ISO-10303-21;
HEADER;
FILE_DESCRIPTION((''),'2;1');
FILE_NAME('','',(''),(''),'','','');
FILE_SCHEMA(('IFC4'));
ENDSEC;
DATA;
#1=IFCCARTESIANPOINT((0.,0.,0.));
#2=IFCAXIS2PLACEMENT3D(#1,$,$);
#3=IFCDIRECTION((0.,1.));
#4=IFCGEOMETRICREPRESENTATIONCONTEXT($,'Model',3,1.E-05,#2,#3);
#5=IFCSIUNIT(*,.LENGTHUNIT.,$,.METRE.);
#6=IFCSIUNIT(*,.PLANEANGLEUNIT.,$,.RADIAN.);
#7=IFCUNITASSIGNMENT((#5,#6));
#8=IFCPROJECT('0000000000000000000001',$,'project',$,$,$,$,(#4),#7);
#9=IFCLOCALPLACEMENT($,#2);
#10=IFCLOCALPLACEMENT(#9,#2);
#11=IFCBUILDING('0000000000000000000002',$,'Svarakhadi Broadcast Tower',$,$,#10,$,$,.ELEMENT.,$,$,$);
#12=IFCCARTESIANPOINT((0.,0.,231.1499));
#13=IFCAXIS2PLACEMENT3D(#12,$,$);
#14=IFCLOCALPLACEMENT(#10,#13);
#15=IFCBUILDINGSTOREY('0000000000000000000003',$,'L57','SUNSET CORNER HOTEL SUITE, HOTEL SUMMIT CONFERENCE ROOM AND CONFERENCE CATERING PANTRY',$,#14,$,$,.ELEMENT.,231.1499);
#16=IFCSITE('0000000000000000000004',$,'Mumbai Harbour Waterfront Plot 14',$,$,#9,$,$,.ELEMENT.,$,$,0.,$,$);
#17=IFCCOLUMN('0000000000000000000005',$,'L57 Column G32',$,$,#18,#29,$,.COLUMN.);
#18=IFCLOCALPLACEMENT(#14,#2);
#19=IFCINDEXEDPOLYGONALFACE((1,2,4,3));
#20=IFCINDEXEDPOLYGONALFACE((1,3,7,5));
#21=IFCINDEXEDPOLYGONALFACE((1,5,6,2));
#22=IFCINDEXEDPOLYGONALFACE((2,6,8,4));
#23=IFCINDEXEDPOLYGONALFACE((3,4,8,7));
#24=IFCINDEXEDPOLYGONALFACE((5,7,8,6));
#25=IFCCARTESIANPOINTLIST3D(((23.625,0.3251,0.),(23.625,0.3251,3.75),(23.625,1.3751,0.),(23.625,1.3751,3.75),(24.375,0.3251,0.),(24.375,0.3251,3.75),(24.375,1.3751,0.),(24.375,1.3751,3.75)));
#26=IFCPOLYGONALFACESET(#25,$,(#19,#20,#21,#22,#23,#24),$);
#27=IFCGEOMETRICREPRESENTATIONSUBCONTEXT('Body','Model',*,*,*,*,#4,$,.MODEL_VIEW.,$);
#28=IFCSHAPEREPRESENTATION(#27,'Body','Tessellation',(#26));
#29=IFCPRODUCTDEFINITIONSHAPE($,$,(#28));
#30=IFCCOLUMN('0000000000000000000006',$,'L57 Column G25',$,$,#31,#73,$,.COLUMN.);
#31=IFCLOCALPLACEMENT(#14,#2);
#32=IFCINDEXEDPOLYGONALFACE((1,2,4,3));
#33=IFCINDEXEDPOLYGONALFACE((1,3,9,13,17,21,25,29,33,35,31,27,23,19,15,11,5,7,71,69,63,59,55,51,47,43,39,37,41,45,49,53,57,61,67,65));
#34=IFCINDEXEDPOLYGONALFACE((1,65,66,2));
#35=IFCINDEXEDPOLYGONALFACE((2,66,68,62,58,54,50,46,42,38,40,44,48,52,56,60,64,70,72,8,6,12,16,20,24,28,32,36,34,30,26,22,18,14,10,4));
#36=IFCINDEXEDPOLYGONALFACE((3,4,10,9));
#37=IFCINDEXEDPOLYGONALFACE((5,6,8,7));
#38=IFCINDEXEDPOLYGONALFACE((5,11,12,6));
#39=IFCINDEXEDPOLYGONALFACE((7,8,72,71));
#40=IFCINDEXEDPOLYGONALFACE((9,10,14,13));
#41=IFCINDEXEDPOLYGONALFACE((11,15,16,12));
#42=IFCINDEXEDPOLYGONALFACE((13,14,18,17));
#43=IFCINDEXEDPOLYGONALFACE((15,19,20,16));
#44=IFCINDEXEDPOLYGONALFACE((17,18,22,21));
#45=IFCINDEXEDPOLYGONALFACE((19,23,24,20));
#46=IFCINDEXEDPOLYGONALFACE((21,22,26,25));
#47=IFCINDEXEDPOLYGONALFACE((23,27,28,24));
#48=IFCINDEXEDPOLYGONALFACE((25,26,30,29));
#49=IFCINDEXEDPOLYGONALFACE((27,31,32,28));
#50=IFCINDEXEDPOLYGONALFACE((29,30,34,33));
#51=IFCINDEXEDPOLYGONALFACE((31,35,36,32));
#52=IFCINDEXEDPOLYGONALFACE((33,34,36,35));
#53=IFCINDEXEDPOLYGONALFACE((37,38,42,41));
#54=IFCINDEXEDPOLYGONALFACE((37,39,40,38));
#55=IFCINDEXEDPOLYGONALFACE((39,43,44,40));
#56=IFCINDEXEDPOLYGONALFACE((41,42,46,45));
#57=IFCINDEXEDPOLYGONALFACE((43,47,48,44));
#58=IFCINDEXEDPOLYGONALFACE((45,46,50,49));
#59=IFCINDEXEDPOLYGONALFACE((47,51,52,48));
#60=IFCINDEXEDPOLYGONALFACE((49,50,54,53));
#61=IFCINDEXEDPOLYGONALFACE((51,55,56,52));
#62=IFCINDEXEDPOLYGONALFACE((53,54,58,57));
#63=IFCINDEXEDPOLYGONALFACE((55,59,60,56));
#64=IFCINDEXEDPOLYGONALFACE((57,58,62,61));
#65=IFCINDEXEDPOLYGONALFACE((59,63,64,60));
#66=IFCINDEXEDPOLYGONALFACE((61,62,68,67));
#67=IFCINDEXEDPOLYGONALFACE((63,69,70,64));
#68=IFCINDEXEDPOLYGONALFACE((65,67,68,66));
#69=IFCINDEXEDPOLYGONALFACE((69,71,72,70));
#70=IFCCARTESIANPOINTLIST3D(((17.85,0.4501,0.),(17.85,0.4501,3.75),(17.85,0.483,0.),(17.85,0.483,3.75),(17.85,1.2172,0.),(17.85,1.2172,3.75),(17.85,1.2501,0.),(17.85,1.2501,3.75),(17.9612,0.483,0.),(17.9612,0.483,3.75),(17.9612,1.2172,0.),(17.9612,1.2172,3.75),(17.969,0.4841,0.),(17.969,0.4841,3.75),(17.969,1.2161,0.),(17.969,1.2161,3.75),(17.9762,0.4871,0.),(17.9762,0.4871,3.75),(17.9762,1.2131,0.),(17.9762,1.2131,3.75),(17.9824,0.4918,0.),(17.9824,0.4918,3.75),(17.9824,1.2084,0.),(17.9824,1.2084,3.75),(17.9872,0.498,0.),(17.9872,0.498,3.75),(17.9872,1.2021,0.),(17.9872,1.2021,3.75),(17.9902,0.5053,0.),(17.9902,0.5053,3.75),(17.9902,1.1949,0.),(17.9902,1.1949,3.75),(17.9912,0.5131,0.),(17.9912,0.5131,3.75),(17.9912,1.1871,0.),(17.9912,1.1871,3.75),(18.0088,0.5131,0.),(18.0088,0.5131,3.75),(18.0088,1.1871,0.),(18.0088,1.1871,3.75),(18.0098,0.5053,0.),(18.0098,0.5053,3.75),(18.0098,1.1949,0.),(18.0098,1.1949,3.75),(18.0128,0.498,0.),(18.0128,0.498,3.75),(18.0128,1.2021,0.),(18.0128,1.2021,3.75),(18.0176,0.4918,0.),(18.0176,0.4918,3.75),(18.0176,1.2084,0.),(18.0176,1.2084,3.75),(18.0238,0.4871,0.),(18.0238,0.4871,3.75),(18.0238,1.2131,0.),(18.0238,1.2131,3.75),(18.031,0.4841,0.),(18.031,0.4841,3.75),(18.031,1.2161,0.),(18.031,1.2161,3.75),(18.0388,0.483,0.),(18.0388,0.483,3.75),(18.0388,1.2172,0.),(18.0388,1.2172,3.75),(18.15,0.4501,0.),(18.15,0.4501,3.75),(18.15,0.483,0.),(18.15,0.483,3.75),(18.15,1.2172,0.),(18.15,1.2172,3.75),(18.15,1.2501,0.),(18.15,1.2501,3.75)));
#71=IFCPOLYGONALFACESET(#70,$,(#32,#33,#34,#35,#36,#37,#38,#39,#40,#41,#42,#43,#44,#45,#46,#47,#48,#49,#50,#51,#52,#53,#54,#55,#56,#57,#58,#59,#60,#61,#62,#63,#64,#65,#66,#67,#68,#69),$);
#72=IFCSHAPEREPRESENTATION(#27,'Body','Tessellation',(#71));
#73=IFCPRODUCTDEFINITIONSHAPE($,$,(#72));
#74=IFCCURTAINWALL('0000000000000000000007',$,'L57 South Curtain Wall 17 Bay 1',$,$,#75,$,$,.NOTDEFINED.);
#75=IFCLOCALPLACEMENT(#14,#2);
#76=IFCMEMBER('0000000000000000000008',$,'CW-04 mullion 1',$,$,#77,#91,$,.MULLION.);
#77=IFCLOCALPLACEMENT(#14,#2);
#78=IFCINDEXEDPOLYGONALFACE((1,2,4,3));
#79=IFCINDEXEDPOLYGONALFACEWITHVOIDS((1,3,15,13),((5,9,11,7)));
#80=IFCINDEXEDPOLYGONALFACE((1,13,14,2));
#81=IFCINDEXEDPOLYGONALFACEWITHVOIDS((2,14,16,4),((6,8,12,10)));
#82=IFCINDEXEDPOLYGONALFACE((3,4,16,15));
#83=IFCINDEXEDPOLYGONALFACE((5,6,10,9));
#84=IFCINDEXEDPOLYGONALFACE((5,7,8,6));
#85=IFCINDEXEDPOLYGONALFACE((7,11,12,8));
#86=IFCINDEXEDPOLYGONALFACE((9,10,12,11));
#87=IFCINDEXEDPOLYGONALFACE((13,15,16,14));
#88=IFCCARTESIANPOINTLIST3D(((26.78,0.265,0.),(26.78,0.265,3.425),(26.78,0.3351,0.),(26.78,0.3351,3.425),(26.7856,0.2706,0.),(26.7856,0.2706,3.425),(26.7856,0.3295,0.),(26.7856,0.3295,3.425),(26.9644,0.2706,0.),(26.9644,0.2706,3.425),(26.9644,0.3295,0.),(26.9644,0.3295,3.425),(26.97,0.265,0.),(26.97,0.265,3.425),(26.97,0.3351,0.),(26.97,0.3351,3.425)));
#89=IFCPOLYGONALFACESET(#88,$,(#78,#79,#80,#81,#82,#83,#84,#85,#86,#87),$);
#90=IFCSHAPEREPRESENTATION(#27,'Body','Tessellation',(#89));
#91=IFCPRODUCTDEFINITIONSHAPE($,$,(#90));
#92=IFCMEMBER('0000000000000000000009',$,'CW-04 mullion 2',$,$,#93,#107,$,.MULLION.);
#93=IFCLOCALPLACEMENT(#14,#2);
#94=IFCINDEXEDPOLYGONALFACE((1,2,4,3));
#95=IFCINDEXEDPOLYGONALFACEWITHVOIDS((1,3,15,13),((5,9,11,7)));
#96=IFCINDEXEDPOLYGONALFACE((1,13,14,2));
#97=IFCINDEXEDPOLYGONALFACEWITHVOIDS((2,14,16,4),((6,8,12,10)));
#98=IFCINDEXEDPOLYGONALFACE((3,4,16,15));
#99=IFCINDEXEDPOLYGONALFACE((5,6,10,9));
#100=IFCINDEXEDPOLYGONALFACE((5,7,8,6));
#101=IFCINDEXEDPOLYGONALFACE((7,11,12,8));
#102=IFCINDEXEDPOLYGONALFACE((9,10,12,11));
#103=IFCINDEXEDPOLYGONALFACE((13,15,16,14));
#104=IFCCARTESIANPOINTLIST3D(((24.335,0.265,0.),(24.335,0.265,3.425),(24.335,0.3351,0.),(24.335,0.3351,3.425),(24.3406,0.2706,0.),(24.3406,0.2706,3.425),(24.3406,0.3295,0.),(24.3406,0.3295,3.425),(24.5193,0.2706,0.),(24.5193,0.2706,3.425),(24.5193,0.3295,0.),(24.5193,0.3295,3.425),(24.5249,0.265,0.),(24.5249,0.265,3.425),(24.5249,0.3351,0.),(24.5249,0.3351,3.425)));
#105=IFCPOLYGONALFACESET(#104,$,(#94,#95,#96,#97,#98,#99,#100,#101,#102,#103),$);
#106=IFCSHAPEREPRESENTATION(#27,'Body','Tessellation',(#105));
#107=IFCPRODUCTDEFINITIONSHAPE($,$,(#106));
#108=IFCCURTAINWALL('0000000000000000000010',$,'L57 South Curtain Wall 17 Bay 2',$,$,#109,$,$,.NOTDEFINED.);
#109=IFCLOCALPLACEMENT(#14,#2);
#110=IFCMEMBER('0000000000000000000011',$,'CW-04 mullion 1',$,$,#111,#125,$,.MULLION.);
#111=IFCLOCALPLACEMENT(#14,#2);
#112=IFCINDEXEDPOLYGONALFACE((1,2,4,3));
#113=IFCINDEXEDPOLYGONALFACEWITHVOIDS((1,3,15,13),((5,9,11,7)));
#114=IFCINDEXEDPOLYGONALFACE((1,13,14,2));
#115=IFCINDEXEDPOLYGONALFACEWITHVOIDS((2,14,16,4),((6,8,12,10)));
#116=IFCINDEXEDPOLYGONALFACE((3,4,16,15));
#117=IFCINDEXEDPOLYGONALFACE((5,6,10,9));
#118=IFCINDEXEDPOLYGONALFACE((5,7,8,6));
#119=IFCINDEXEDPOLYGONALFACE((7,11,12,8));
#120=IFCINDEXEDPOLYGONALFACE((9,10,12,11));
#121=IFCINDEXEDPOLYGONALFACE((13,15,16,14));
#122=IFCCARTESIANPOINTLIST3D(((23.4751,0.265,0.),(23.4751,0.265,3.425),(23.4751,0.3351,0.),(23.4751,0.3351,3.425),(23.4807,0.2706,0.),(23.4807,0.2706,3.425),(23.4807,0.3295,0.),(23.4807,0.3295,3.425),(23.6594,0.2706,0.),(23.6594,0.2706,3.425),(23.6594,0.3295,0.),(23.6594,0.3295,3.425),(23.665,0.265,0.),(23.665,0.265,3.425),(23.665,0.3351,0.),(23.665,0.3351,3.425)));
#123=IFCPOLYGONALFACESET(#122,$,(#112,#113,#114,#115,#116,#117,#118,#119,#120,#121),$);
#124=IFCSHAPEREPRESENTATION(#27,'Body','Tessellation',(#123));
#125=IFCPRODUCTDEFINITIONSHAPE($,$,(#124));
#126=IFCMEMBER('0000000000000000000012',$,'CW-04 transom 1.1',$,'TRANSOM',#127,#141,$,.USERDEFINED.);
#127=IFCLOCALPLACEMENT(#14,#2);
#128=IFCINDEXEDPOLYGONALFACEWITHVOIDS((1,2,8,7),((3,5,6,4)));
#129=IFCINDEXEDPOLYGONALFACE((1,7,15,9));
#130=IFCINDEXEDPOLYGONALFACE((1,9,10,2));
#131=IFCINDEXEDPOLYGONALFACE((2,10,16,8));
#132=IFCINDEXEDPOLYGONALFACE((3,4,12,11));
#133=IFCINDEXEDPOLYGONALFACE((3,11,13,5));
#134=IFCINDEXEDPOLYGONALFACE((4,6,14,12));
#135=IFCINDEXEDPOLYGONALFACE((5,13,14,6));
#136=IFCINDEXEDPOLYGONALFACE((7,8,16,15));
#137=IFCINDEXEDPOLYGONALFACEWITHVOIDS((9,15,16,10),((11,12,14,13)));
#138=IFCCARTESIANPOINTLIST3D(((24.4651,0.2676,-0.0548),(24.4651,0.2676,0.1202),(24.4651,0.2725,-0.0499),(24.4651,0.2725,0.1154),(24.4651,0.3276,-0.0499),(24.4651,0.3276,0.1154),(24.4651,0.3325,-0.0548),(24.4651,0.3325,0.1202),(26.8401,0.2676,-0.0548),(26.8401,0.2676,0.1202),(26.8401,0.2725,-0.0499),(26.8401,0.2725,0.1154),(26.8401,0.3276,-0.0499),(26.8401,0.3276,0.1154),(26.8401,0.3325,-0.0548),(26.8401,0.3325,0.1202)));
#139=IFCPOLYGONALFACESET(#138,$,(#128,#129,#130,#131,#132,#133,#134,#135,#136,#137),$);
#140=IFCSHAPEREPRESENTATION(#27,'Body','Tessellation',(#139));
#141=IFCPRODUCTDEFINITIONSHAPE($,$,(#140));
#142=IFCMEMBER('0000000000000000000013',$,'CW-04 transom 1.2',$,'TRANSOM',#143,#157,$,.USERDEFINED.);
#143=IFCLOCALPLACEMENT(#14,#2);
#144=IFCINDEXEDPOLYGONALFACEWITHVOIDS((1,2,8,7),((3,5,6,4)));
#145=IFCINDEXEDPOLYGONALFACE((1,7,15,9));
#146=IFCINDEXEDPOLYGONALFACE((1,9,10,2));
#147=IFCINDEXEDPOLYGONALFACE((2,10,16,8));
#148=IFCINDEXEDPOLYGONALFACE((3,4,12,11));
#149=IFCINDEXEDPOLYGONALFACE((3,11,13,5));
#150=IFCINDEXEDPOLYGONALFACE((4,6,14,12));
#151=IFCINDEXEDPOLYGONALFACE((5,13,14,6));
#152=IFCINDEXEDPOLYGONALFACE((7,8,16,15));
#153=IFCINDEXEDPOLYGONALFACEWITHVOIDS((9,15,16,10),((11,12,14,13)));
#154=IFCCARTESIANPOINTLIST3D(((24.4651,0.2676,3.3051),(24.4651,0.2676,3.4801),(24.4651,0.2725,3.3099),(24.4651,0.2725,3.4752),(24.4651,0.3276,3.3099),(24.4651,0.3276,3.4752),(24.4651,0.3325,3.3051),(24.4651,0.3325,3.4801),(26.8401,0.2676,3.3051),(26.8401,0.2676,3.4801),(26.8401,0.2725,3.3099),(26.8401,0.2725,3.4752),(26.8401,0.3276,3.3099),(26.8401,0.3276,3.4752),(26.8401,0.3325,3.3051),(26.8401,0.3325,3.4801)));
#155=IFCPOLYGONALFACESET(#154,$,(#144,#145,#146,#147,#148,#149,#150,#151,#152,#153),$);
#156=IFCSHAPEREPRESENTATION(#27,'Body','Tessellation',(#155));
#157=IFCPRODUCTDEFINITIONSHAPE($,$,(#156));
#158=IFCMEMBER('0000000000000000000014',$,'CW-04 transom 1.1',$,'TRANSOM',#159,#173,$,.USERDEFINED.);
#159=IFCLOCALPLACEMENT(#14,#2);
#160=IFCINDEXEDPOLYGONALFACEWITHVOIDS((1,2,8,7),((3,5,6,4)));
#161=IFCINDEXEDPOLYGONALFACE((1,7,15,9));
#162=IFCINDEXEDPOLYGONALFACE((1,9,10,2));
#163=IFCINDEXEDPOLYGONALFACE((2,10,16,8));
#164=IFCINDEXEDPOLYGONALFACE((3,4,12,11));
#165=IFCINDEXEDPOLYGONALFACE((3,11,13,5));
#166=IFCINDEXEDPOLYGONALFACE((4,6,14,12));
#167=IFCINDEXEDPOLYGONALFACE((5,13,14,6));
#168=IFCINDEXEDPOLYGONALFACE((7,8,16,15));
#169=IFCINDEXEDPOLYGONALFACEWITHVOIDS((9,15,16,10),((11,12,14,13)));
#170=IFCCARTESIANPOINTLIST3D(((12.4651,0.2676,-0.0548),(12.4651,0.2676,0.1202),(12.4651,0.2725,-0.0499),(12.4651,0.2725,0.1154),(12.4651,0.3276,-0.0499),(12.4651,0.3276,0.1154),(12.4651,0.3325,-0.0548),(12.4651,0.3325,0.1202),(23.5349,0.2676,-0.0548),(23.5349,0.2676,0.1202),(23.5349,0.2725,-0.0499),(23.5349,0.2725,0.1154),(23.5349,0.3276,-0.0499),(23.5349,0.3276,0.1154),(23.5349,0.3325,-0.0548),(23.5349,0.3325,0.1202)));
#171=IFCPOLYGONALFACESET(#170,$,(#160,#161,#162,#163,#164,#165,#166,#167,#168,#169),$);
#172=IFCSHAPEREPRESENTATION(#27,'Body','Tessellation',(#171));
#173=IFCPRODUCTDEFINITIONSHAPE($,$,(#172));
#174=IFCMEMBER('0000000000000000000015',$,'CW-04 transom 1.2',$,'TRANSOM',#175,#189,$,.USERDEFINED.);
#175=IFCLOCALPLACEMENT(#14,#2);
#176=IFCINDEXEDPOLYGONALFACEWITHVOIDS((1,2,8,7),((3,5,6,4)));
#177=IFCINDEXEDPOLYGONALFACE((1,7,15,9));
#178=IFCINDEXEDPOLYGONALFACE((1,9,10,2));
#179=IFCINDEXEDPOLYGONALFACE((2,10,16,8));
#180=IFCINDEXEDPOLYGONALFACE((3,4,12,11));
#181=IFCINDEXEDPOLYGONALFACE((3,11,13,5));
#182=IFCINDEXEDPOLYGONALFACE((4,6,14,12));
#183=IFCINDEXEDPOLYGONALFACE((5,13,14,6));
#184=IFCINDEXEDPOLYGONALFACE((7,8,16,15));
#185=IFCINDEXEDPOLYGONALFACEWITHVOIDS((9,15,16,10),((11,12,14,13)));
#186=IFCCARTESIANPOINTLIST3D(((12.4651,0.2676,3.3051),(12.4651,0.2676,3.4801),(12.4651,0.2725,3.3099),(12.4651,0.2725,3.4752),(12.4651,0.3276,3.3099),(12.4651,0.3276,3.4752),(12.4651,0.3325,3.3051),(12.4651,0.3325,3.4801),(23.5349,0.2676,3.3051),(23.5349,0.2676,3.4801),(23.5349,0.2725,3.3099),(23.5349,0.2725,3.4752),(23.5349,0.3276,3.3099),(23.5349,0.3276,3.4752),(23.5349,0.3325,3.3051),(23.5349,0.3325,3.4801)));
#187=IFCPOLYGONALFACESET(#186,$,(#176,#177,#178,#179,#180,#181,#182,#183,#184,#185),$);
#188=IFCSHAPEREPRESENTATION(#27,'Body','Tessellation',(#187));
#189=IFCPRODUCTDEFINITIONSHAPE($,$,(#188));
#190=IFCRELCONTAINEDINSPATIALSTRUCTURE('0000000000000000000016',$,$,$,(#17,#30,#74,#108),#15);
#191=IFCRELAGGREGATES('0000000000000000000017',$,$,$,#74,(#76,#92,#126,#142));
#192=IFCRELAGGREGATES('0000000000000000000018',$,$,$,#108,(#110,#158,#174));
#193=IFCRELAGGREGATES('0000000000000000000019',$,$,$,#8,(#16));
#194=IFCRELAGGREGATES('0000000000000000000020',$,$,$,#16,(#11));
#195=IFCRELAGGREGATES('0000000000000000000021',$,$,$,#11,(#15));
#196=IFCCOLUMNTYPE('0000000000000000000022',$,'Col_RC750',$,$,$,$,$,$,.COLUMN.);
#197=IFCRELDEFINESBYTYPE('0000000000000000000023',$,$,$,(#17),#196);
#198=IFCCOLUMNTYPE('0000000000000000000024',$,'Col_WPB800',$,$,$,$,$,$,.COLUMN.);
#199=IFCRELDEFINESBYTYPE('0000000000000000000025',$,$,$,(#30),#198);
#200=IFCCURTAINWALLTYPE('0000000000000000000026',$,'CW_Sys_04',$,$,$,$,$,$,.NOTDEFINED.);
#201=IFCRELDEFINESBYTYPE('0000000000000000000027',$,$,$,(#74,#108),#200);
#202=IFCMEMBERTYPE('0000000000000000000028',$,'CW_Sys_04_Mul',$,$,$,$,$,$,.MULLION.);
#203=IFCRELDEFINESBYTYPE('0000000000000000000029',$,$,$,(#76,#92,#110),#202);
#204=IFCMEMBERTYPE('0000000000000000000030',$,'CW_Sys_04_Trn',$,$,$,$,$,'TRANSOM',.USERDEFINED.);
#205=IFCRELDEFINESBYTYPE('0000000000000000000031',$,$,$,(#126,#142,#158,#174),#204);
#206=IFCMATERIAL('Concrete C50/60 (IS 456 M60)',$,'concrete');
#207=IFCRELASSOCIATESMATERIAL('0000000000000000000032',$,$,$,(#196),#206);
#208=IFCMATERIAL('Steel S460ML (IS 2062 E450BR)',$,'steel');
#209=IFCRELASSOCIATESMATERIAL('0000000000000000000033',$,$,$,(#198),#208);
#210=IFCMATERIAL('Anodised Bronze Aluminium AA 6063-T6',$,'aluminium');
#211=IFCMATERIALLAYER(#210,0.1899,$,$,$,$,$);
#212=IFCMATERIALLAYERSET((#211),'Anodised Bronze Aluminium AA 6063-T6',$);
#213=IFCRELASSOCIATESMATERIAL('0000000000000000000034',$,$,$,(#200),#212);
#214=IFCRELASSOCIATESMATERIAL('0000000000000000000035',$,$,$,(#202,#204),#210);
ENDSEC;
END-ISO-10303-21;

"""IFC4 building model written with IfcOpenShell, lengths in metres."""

from ifc_helpers import new_model, si_unit, direction, frame, origin, origin_2d, place, context, subcontext, project, spatial, rectangle, hollow_rectangle, i_section, extrude, material, layer, layer_set, material_profile, profile_set, type_object, element, aggregate, save


model = new_model("IFC4")

# Units and contexts
model_context = context("Model", 3, precision=1e-05, world=origin(), true_north=direction((0.0, 1.0)))
body_context = subcontext(model_context, "Body", "Model", "MODEL_VIEW")
ifc_project = project(units=[si_unit("LENGTHUNIT", "METRE"), si_unit("PLANEANGLEUNIT", "RADIAN")], contexts=[model_context])

# Site, building, storey
site_placement = place(None, origin())
site = spatial("IfcSite", under=ifc_project, at=site_placement, Name="Mumbai Harbour Waterfront Plot 14", CompositionType="ELEMENT", RefElevation=0.0)
building_placement = place(site_placement, origin())
building = spatial("IfcBuilding", under=site, at=building_placement, Name="Svarakhadi Broadcast Tower", CompositionType="ELEMENT")
storey_placement = place(building_placement, frame((0.0, 0.0, 231.1499)))
storey = spatial("IfcBuildingStorey", under=building, at=storey_placement, Name="L57", Description="SUNSET CORNER HOTEL SUITE, HOTEL SUMMIT CONFERENCE ROOM AND CONFERENCE CATERING PANTRY", CompositionType="ELEMENT", Elevation=231.1499)

# Columns
ifc_material_1 = material(Name="Concrete C50/60 (IS 456 M60)", Category="concrete")
ifc_material_profile_1 = material_profile(ifc_material_1, rectangle(XDim=0.75, YDim=1.05, at=origin_2d()), Name="RC 750x1050")
ifc_profile_set_1 = profile_set([ifc_material_profile_1], Name="Concrete C50/60 (IS 456 M60)")
column_type_1 = type_object("IfcColumnType", Name="Col_RC750", PredefinedType="COLUMN", material=ifc_profile_set_1)
column_1_placement = place(storey_placement, frame((24.0, 0.8501, 0.0), z_axis=(0.0, 0.0, 1.0), x_axis=(1.0, 0.0, 0.0)))
element("IfcColumn", 1, at=column_1_placement, inside=storey, type_object=column_type_1, Name="L57 Column G32", PredefinedType="COLUMN", context=body_context, shape_type="SweptSolid", body=[
    extrude(rectangle(XDim=0.75, YDim=1.05, at=origin_2d()), origin(), (0.0, 0.0, 1.0), 3.75),
])
ifc_material_2 = material(Name="Steel S460ML (IS 2062 E450BR)", Category="steel")
ifc_material_profile_2 = material_profile(ifc_material_2, i_section(OverallWidth=0.3, OverallDepth=0.8, WebThickness=0.0176, FlangeThickness=0.033, FilletRadius=0.03, at=origin_2d()), Name="WPB 800x300x262")
ifc_profile_set_2 = profile_set([ifc_material_profile_2], Name="Steel S460ML (IS 2062 E450BR)")
column_type_2 = type_object("IfcColumnType", Name="Col_WPB800", PredefinedType="COLUMN", material=ifc_profile_set_2)
column_2_placement = place(storey_placement, frame((18.0, 0.8501, 0.0), z_axis=(0.0, 0.0, 1.0), x_axis=(1.0, 0.0, 0.0)))
element("IfcColumn", 2, at=column_2_placement, inside=storey, type_object=column_type_2, Name="L57 Column G25", PredefinedType="COLUMN", context=body_context, shape_type="SweptSolid", body=[
    extrude(i_section(OverallWidth=0.3, OverallDepth=0.8, WebThickness=0.0176, FlangeThickness=0.033, FilletRadius=0.03, at=origin_2d()), origin(), (0.0, 0.0, 1.0), 3.75),
])

# Curtain wall, members
ifc_material_3 = material(Name="Anodised Bronze Aluminium AA 6063-T6", Category="aluminium")
ifc_layer_1 = layer(ifc_material_3, 0.1899)
ifc_layer_set_1 = layer_set([ifc_layer_1], Name="Anodised Bronze Aluminium AA 6063-T6")
curtain_wall_type = type_object("IfcCurtainWallType", Name="CW_Sys_04", PredefinedType="NOTDEFINED", material=ifc_layer_set_1)
curtain_wall_1_placement = place(storey_placement, origin())
curtain_wall_1 = element("IfcCurtainWall", 3, at=curtain_wall_1_placement, inside=storey, type_object=curtain_wall_type, Name="L57 South Curtain Wall 17 Bay 1", PredefinedType="NOTDEFINED")
ifc_material_profile_3 = material_profile(ifc_material_3, hollow_rectangle(XDim=0.0701, YDim=0.1899, WallThickness=0.0056, at=origin_2d()), Name="ALU MULLION 190x70x6")
ifc_profile_set_3 = profile_set([ifc_material_profile_3], Name="Anodised Bronze Aluminium AA 6063-T6")
member_type_1 = type_object("IfcMemberType", Name="CW_Sys_04_Mul", PredefinedType="MULLION", material=ifc_profile_set_3)
member_1_placement = place(storey_placement, frame((26.875, 0.3, 0.0), z_axis=(0.0, 0.0, 1.0), x_axis=(0.0, -1.0, 0.0)))
member_1 = element("IfcMember", 4, at=member_1_placement, type_object=member_type_1, Name="CW-04 mullion 1", PredefinedType="MULLION", context=body_context, shape_type="SweptSolid", body=[
    extrude(hollow_rectangle(XDim=0.0701, YDim=0.1899, WallThickness=0.0056, at=origin_2d()), origin(), (0.0, 0.0, 1.0), 3.425),
])
member_2_placement = place(storey_placement, frame((24.4299, 0.3, 0.0), z_axis=(0.0, 0.0, 1.0), x_axis=(0.0, -1.0, 0.0)))
member_2 = element("IfcMember", 5, at=member_2_placement, type_object=member_type_1, Name="CW-04 mullion 2", PredefinedType="MULLION", context=body_context, shape_type="SweptSolid", body=[
    extrude(hollow_rectangle(XDim=0.0701, YDim=0.1899, WallThickness=0.0056, at=origin_2d()), origin(), (0.0, 0.0, 1.0), 3.425),
])

# Curtain wall, member
curtain_wall_2_placement = place(storey_placement, origin())
curtain_wall_2 = element("IfcCurtainWall", 6, at=curtain_wall_2_placement, inside=storey, type_object=curtain_wall_type, Name="L57 South Curtain Wall 17 Bay 2", PredefinedType="NOTDEFINED")
member_3_placement = place(storey_placement, frame((23.5701, 0.3, 0.0), z_axis=(0.0, 0.0, 1.0), x_axis=(0.0, -1.0, 0.0)))
member_3 = element("IfcMember", 7, at=member_3_placement, type_object=member_type_1, Name="CW-04 mullion 1", PredefinedType="MULLION", context=body_context, shape_type="SweptSolid", body=[
    extrude(hollow_rectangle(XDim=0.0701, YDim=0.1899, WallThickness=0.0056, at=origin_2d()), origin(), (0.0, 0.0, 1.0), 3.425),
])

# Members
ifc_material_profile_4 = material_profile(ifc_material_3, hollow_rectangle(XDim=0.0649, YDim=0.175, WallThickness=0.0049, at=origin_2d()), Name="ALU TRANSOM 175x65x5")
ifc_profile_set_4 = profile_set([ifc_material_profile_4], Name="Anodised Bronze Aluminium AA 6063-T6")
member_type_2 = type_object("IfcMemberType", Name="CW_Sys_04_Trn", ElementType="TRANSOM", PredefinedType="USERDEFINED", material=ifc_profile_set_4)
member_4_placement = place(storey_placement, frame((26.8401, 0.3, 0.0327), z_axis=(-1.0, 0.0, 0.0), x_axis=(0.0, -1.0, 0.0)))
member_4 = element("IfcMember", 8, at=member_4_placement, type_object=member_type_2, Name="CW-04 transom 1.1", ObjectType="TRANSOM", PredefinedType="USERDEFINED", context=body_context, shape_type="SweptSolid", body=[
    extrude(hollow_rectangle(XDim=0.0649, YDim=0.175, WallThickness=0.0049, at=origin_2d()), origin(), (0.0, 0.0, 1.0), 2.375),
])
member_5_placement = place(storey_placement, frame((26.8401, 0.3, 3.3926), z_axis=(-1.0, 0.0, 0.0), x_axis=(0.0, -1.0, 0.0)))
member_5 = element("IfcMember", 9, at=member_5_placement, type_object=member_type_2, Name="CW-04 transom 1.2", ObjectType="TRANSOM", PredefinedType="USERDEFINED", context=body_context, shape_type="SweptSolid", body=[
    extrude(hollow_rectangle(XDim=0.0649, YDim=0.175, WallThickness=0.0049, at=origin_2d()), origin(), (0.0, 0.0, 1.0), 2.375),
])
member_6_placement = place(storey_placement, frame((23.5349, 0.3, 0.0327), z_axis=(-1.0, 0.0, 0.0), x_axis=(0.0, -1.0, 0.0)))
member_6 = element("IfcMember", 10, at=member_6_placement, type_object=member_type_2, Name="CW-04 transom 1.1", ObjectType="TRANSOM", PredefinedType="USERDEFINED", context=body_context, shape_type="SweptSolid", body=[
    extrude(hollow_rectangle(XDim=0.0649, YDim=0.175, WallThickness=0.0049, at=origin_2d()), origin(), (0.0, 0.0, 1.0), 11.0698),
])
member_7_placement = place(storey_placement, frame((23.5349, 0.3, 3.3926), z_axis=(-1.0, 0.0, 0.0), x_axis=(0.0, -1.0, 0.0)))
member_7 = element("IfcMember", 11, at=member_7_placement, type_object=member_type_2, Name="CW-04 transom 1.2", ObjectType="TRANSOM", PredefinedType="USERDEFINED", context=body_context, shape_type="SweptSolid", body=[
    extrude(hollow_rectangle(XDim=0.0649, YDim=0.175, WallThickness=0.0049, at=origin_2d()), origin(), (0.0, 0.0, 1.0), 11.0698),
])

aggregate(curtain_wall_1, [member_1, member_2, member_4, member_5])
aggregate(curtain_wall_2, [member_3, member_6, member_7])

save(model, "model.ifc")
